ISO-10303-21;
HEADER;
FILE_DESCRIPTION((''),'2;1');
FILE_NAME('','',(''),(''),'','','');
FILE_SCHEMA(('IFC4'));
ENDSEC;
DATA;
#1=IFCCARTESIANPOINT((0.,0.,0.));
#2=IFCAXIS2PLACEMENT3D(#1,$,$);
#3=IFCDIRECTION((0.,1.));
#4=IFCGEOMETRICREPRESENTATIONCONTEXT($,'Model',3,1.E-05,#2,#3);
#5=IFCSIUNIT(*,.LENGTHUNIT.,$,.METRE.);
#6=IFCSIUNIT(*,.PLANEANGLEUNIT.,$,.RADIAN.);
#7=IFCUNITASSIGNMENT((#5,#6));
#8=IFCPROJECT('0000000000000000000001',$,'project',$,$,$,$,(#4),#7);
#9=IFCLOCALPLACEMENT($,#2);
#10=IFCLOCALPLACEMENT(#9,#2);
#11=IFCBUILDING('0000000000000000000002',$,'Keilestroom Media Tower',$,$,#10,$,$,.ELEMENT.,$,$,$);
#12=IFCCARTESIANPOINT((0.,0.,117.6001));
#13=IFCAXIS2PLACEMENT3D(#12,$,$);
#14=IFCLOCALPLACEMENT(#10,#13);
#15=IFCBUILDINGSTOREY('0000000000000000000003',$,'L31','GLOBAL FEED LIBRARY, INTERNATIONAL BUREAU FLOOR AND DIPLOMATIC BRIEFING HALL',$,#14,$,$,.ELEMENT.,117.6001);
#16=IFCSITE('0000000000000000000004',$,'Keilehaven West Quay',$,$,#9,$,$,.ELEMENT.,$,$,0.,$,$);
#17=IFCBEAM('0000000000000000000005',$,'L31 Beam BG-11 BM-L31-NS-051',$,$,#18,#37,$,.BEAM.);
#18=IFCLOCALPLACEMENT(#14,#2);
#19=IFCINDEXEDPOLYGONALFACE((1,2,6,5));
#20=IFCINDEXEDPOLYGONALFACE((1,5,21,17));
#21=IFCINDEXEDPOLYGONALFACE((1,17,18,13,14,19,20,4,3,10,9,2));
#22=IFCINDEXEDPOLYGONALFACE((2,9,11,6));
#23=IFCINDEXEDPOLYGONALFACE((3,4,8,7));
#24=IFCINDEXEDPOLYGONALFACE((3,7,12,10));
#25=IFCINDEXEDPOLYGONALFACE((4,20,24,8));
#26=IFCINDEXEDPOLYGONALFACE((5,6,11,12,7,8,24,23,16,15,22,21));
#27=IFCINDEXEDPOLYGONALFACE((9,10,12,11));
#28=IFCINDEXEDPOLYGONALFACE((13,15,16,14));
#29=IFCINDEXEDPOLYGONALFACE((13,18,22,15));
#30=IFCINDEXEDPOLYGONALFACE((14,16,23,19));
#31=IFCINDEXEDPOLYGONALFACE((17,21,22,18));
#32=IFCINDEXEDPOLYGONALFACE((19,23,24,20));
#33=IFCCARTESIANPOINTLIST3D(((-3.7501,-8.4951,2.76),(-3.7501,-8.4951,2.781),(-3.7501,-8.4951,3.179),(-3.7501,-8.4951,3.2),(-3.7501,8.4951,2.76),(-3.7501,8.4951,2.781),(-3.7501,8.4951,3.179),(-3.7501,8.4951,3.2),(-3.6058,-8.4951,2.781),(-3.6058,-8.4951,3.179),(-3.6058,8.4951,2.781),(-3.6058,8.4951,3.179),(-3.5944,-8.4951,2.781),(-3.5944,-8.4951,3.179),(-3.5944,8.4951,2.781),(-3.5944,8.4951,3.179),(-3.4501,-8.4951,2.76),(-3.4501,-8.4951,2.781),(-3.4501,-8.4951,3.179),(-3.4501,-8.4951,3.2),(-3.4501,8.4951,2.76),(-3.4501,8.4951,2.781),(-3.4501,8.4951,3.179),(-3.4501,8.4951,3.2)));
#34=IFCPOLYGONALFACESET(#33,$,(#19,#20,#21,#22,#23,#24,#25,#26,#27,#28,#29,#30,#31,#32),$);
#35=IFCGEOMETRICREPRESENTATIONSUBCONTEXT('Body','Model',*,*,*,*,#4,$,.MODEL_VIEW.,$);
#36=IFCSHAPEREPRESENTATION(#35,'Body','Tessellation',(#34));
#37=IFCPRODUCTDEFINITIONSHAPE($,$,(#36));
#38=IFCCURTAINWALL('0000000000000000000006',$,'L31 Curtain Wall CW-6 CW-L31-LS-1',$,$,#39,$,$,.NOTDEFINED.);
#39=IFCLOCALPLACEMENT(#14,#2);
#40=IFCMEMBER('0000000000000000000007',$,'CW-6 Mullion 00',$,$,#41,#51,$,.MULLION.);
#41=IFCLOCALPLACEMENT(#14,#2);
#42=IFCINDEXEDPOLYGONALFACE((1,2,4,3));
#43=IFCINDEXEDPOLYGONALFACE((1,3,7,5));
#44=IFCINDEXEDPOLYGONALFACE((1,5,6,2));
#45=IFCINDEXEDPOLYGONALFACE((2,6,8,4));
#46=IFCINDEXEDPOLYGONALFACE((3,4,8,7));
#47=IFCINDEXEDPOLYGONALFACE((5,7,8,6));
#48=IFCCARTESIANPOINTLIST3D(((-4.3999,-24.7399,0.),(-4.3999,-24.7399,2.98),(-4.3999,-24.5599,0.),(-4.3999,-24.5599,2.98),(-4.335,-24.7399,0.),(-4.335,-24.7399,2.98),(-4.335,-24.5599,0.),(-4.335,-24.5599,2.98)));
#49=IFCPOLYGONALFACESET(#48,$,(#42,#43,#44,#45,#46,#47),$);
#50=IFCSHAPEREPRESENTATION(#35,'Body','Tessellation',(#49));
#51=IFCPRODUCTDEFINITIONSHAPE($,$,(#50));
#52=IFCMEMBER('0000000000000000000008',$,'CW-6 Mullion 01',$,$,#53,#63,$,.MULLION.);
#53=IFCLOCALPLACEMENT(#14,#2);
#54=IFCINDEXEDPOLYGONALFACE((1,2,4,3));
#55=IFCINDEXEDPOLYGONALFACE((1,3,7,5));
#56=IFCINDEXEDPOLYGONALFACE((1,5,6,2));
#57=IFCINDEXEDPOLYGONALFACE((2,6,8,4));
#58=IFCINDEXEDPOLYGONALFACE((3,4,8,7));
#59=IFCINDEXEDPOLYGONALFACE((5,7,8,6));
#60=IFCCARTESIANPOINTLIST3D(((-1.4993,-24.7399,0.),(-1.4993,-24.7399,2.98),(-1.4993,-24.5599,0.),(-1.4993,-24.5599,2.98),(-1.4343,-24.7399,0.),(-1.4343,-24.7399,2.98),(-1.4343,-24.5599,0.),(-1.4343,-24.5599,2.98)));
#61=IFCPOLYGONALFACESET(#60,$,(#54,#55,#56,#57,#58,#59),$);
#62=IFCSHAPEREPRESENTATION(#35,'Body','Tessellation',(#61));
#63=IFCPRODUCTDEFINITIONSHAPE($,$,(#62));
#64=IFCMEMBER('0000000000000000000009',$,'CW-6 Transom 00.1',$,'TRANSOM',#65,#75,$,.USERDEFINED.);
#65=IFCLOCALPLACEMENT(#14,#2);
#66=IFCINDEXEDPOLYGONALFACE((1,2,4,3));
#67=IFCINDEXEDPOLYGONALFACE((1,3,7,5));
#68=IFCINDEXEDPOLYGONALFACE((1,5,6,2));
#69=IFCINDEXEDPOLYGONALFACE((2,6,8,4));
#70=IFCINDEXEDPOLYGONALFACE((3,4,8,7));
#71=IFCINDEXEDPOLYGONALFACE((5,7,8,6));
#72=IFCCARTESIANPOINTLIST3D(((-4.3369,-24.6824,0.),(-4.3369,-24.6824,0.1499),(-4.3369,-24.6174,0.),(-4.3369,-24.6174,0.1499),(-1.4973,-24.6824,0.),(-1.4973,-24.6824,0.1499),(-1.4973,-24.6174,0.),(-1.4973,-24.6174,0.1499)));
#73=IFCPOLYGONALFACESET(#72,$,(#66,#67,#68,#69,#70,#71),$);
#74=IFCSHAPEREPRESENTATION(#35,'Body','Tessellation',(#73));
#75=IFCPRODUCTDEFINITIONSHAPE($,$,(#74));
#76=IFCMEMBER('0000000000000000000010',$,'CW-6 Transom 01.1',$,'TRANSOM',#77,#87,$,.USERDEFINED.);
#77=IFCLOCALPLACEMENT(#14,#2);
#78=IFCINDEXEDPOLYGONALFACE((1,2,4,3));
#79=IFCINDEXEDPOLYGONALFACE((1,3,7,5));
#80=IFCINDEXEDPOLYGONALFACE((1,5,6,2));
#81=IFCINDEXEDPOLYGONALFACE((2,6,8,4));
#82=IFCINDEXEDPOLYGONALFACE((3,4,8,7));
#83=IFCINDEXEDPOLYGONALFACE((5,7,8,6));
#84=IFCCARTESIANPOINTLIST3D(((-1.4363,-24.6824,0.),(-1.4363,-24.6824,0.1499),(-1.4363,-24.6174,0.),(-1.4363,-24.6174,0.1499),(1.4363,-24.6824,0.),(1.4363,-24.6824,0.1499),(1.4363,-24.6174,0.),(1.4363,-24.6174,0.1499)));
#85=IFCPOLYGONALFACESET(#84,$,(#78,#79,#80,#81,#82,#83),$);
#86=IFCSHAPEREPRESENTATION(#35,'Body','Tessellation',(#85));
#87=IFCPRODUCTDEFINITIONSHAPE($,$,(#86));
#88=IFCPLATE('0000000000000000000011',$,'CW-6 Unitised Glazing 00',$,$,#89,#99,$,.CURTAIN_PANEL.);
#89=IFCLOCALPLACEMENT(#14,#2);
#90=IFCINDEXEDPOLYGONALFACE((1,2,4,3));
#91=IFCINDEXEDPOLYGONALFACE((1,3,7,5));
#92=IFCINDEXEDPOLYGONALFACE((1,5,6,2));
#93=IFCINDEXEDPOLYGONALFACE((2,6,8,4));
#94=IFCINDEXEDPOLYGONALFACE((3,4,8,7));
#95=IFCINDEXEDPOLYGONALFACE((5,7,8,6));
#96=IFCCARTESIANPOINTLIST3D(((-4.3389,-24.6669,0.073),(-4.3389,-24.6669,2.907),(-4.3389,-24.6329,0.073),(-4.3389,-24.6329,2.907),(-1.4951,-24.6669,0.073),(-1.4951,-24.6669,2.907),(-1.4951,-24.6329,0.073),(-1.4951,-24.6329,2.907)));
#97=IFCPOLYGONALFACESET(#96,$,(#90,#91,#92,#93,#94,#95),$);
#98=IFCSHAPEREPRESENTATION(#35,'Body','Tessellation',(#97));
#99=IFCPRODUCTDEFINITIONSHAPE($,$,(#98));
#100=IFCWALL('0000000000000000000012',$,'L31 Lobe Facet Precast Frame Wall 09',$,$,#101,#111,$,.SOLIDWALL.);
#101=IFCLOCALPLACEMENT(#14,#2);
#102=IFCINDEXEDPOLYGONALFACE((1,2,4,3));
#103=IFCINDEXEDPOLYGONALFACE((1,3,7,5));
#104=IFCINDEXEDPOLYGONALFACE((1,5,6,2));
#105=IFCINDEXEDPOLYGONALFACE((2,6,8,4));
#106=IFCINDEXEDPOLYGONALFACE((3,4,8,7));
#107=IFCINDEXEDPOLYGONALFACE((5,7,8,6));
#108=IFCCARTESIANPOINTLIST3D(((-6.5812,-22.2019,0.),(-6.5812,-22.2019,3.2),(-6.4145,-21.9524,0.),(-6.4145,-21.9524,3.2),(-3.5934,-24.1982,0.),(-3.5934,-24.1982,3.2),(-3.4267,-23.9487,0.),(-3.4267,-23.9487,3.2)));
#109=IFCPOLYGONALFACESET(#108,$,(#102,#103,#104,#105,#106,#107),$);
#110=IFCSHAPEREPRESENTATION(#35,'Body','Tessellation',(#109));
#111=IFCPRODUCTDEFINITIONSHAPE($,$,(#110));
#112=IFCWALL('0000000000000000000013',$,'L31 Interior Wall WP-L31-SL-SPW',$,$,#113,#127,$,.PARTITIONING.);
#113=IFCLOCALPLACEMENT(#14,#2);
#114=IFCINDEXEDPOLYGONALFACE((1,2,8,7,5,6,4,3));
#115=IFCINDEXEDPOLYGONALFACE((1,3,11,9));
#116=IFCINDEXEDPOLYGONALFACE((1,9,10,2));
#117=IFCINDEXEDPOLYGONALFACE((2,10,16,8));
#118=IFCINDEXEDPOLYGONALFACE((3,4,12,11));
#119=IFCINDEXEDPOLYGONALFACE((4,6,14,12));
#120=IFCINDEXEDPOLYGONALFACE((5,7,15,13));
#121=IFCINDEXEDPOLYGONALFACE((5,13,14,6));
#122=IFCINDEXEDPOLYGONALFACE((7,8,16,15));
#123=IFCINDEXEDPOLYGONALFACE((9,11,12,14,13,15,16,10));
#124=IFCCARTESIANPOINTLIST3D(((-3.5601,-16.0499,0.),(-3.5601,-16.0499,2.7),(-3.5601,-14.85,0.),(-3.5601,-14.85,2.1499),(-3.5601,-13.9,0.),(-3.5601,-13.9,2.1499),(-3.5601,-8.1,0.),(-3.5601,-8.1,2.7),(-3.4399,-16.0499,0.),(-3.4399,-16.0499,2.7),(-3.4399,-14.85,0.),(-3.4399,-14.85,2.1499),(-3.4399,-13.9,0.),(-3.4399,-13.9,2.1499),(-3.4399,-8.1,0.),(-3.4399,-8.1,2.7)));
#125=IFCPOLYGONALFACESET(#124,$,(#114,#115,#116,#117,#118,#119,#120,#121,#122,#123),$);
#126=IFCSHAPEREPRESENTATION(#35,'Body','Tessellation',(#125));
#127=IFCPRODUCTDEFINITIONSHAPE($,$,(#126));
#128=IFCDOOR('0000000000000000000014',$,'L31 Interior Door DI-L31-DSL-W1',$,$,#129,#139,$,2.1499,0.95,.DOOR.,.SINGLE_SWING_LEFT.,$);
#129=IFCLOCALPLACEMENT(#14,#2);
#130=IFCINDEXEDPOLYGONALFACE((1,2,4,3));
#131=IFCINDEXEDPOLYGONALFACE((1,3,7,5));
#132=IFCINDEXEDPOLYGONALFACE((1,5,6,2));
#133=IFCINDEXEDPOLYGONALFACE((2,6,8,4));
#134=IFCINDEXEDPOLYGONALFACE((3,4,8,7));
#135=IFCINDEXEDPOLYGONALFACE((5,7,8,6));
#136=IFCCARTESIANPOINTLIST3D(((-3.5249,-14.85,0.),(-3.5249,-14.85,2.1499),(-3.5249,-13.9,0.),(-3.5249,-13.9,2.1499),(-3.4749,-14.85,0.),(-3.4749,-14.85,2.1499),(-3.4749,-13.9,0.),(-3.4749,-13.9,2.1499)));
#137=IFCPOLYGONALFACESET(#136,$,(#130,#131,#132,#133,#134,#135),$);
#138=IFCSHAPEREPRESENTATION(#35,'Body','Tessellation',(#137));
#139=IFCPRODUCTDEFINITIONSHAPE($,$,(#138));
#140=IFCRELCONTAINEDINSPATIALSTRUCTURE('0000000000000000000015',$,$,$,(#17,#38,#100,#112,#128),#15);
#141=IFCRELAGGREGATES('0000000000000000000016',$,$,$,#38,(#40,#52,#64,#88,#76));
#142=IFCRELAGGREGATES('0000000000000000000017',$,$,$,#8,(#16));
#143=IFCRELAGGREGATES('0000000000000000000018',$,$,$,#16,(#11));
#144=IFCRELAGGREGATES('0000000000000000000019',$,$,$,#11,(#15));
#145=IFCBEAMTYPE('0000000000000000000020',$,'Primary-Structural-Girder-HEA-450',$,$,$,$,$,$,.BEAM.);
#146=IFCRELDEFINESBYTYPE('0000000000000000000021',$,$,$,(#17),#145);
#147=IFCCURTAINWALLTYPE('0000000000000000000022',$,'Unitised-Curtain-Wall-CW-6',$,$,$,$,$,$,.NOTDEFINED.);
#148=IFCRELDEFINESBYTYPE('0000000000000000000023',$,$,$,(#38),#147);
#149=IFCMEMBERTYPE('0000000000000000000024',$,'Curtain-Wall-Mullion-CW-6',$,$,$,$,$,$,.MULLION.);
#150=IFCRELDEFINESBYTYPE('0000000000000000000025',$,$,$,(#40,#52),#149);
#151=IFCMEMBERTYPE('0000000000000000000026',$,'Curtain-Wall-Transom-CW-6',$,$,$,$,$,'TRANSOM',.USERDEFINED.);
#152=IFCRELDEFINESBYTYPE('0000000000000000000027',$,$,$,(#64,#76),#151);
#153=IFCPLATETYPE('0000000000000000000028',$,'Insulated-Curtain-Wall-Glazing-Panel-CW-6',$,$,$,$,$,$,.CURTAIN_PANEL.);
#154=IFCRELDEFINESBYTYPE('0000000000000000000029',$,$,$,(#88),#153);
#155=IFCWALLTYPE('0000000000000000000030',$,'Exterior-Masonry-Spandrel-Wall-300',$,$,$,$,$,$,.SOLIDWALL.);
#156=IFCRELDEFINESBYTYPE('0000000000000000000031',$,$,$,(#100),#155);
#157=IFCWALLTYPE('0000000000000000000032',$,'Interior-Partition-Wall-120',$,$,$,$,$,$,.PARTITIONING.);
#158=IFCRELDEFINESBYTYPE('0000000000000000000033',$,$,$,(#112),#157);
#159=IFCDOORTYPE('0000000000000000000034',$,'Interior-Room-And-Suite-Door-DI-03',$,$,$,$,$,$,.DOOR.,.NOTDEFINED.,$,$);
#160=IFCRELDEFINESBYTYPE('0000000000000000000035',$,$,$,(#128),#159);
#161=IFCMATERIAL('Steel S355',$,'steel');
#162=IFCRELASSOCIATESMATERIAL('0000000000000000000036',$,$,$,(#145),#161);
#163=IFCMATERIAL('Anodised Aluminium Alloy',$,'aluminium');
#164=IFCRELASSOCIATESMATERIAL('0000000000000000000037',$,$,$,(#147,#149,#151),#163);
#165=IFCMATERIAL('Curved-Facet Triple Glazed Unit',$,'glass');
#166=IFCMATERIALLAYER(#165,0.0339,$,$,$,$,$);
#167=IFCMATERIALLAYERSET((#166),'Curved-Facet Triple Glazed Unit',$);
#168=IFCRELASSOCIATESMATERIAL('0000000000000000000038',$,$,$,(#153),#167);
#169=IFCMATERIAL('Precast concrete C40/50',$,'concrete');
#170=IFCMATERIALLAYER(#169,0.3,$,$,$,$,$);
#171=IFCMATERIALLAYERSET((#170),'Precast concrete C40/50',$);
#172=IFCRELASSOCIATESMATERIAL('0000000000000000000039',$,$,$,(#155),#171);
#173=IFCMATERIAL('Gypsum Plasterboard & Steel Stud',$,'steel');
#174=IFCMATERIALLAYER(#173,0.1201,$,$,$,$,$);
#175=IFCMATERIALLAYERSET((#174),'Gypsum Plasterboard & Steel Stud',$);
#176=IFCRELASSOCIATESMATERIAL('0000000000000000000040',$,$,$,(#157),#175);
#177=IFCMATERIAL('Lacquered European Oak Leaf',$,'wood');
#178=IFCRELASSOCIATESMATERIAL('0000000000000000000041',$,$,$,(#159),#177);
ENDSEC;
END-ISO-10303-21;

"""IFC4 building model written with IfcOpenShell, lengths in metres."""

from ifc_helpers import new_model, si_unit, direction, frame, frame_2d, origin, origin_2d, place, context, subcontext, project, spatial, rectangle, i_section, extrude, source, transform, mapped, material, layer, layer_set, material_profile, profile_set, type_object, element, fill, aggregate, save


model = new_model("IFC4")

# Units and contexts
model_context = context("Model", 3, precision=1e-05, world=origin(), true_north=direction((0.0, 1.0)))
body_context = subcontext(model_context, "Body", "Model", "MODEL_VIEW")
ifc_project = project(units=[si_unit("LENGTHUNIT", "METRE"), si_unit("PLANEANGLEUNIT", "RADIAN")], contexts=[model_context])

# Site, building, storey
site_placement = place(None, origin())
site = spatial("IfcSite", under=ifc_project, at=site_placement, Name="Keilehaven West Quay", CompositionType="ELEMENT", RefElevation=0.0)
building_placement = place(site_placement, origin())
building = spatial("IfcBuilding", under=site, at=building_placement, Name="Keilestroom Media Tower", CompositionType="ELEMENT")
storey_placement = place(building_placement, frame((0.0, 0.0, 117.6001)))
storey = spatial("IfcBuildingStorey", under=building, at=storey_placement, Name="L31", Description="GLOBAL FEED LIBRARY, INTERNATIONAL BUREAU FLOOR AND DIPLOMATIC BRIEFING HALL", CompositionType="ELEMENT", Elevation=117.6001)

# Shared definitions
ifc_material_1 = material(Name="Steel S355", Category="steel")

# Beam
ifc_material_profile_1 = material_profile(ifc_material_1, i_section(OverallWidth=0.3, OverallDepth=0.4399, WebThickness=0.0115, FlangeThickness=0.021, at=origin_2d()), Name="HEA 450")
ifc_profile_set_1 = profile_set([ifc_material_profile_1], Name="Steel S355")
beam_type_1 = type_object("IfcBeamType", Name="Primary-Structural-Girder-HEA-450", PredefinedType="BEAM", material=ifc_profile_set_1)
shared_shape_1 = source(origin(), body_context, "Body", "SweptSolid", [
    extrude(i_section(OverallWidth=0.3, OverallDepth=0.4399, WebThickness=0.0115, FlangeThickness=0.021, at=origin_2d()), origin(), (0.0, 0.0, 1.0), 16.9902),
])
beam_1_placement = place(storey_placement, frame((-3.6001, -8.4951, 2.98), z_axis=(0.0, 1.0, 0.0), x_axis=(-1.0, 0.0, 0.0)))
element("IfcBeam", 1, at=beam_1_placement, inside=storey, type_object=beam_type_1, Name="L31 Beam BG-11 BM-L31-NS-051", PredefinedType="BEAM", context=body_context, shape_type="MappedRepresentation", body=[
    mapped(shared_shape_1, transform((0.0, 0.0, 0.0), x_axis=(1.0, 0.0, 0.0), y_axis=(0.0, 1.0, 0.0), z_axis=(0.0, 0.0, 1.0), scale=1.0)),
])

# Curtain wall, members, plate
ifc_material_2 = material(Name="Anodised Aluminium Alloy", Category="aluminium")
curtain_wall_type = type_object("IfcCurtainWallType", Name="Unitised-Curtain-Wall-CW-6", PredefinedType="NOTDEFINED", material=ifc_material_2)
curtain_wall_placement = place(storey_placement, origin())
curtain_wall = element("IfcCurtainWall", 2, at=curtain_wall_placement, inside=storey, type_object=curtain_wall_type, Name="L31 Curtain Wall CW-6 CW-L31-LS-1", PredefinedType="NOTDEFINED")
ifc_material_profile_2 = material_profile(ifc_material_2, rectangle(XDim=0.0649, YDim=0.1799, at=origin_2d()), Name="ALU MULLION 65x180")
ifc_profile_set_2 = profile_set([ifc_material_profile_2], Name="Anodised Aluminium Alloy")
member_type_1 = type_object("IfcMemberType", Name="Curtain-Wall-Mullion-CW-6", PredefinedType="MULLION", material=ifc_profile_set_2)
shared_shape_2 = source(origin(), body_context, "Body", "SweptSolid", [
    extrude(rectangle(XDim=0.0649, YDim=0.1799, at=origin_2d()), origin(), (0.0, 0.0, 1.0), 2.98),
])
member_1_placement = place(storey_placement, frame((-4.3674, -24.6499, 0.0), z_axis=(0.0, 0.0, 1.0), x_axis=(1.0, 0.0, 0.0)))
member_1 = element("IfcMember", 3, at=member_1_placement, type_object=member_type_1, Name="CW-6 Mullion 00", PredefinedType="MULLION", context=body_context, shape_type="MappedRepresentation", body=[
    mapped(shared_shape_2, transform((0.0, 0.0, 0.0), x_axis=(1.0, 0.0, 0.0), y_axis=(0.0, 1.0, 0.0), z_axis=(0.0, 0.0, 1.0), scale=1.0)),
])
member_2_placement = place(storey_placement, frame((-1.4668, -24.6499, 0.0), z_axis=(0.0, 0.0, 1.0), x_axis=(1.0, 0.0, 0.0)))
member_2 = element("IfcMember", 4, at=member_2_placement, type_object=member_type_1, Name="CW-6 Mullion 01", PredefinedType="MULLION", context=body_context, shape_type="MappedRepresentation", body=[
    mapped(shared_shape_2, transform((0.0, 0.0, 0.0), x_axis=(1.0, 0.0, 0.0), y_axis=(0.0, 1.0, 0.0), z_axis=(0.0, 0.0, 1.0), scale=1.0)),
])
ifc_material_profile_3 = material_profile(ifc_material_2, rectangle(XDim=0.0649, YDim=0.1499, at=origin_2d()), Name="ALU TRANSOM 65x150")
ifc_profile_set_3 = profile_set([ifc_material_profile_3], Name="Anodised Aluminium Alloy")
member_type_2 = type_object("IfcMemberType", Name="Curtain-Wall-Transom-CW-6", ElementType="TRANSOM", PredefinedType="USERDEFINED", material=ifc_profile_set_3)
shared_shape_3 = source(origin(), body_context, "Body", "SweptSolid", [
    extrude(rectangle(XDim=0.0649, YDim=0.1499, at=origin_2d()), origin(), (0.0, 0.0, 1.0), 2.8396),
])
member_3_placement = place(storey_placement, frame((-4.3369, -24.6499, 0.075), z_axis=(1.0, 0.0, 0.0), x_axis=(0.0, 1.0, 0.0)))
member_3 = element("IfcMember", 5, at=member_3_placement, type_object=member_type_2, Name="CW-6 Transom 00.1", ObjectType="TRANSOM", PredefinedType="USERDEFINED", context=body_context, shape_type="MappedRepresentation", body=[
    mapped(shared_shape_3, transform((0.0, 0.0, 0.0), x_axis=(1.0, 0.0, 0.0), y_axis=(0.0, 1.0, 0.0), z_axis=(0.0, 0.0, 1.0), scale=1.0)),
])
shared_shape_4 = source(origin(), body_context, "Body", "SweptSolid", [
    extrude(rectangle(XDim=0.0649, YDim=0.1499, at=origin_2d()), origin(), (0.0, 0.0, 1.0), 2.8726),
])
member_4_placement = place(storey_placement, frame((-1.4363, -24.6499, 0.075), z_axis=(1.0, 0.0, 0.0), x_axis=(0.0, 1.0, 0.0)))
member_4 = element("IfcMember", 6, at=member_4_placement, type_object=member_type_2, Name="CW-6 Transom 01.1", ObjectType="TRANSOM", PredefinedType="USERDEFINED", context=body_context, shape_type="MappedRepresentation", body=[
    mapped(shared_shape_4, transform((0.0, 0.0, 0.0), x_axis=(1.0, 0.0, 0.0), y_axis=(0.0, 1.0, 0.0), z_axis=(0.0, 0.0, 1.0), scale=1.0)),
])
ifc_material_3 = material(Name="Curved-Facet Triple Glazed Unit", Category="glass")
ifc_layer_1 = layer(ifc_material_3, 0.0339)
ifc_layer_set_1 = layer_set([ifc_layer_1], Name="Curved-Facet Triple Glazed Unit")
plate_type = type_object("IfcPlateType", Name="Insulated-Curtain-Wall-Glazing-Panel-CW-6", PredefinedType="CURTAIN_PANEL", material=ifc_layer_set_1)
shared_shape_5 = source(origin(), body_context, "Body", "SweptSolid", [
    extrude(rectangle(XDim=2.8438, YDim=0.0339, at=origin_2d()), origin(), (0.0, 0.0, 1.0), 2.834),
])
plate_placement = place(storey_placement, frame((-2.917, -24.6499, 0.073), z_axis=(0.0, 0.0, 1.0), x_axis=(1.0, 0.0, 0.0)))
plate = element("IfcPlate", 7, at=plate_placement, type_object=plate_type, Name="CW-6 Unitised Glazing 00", PredefinedType="CURTAIN_PANEL", context=body_context, shape_type="MappedRepresentation", body=[
    mapped(shared_shape_5, transform((0.0, 0.0, 0.0), x_axis=(1.0, 0.0, 0.0), y_axis=(0.0, 1.0, 0.0), z_axis=(0.0, 0.0, 1.0), scale=1.0)),
])
aggregate(curtain_wall, [member_1, member_2, member_3, plate, member_4])

# Wall
ifc_material_4 = material(Name="Precast concrete C40/50", Category="concrete")
ifc_layer_2 = layer(ifc_material_4, 0.3)
ifc_layer_set_2 = layer_set([ifc_layer_2], Name="Precast concrete C40/50")
wall_type_1 = type_object("IfcWallType", Name="Exterior-Masonry-Spandrel-Wall-300", PredefinedType="SOLIDWALL", material=ifc_layer_set_2)
wall_1_placement = place(storey_placement, frame((-6.4978, -22.0771, 0.0), z_axis=(0.0, 0.0, 1.0), x_axis=(0.831475, -0.555562, 0.0)))
element("IfcWall", 8, at=wall_1_placement, inside=storey, type_object=wall_type_1, Name="L31 Lobe Facet Precast Frame Wall 09", PredefinedType="SOLIDWALL", context=body_context, shape_type="SweptSolid", body=[
    extrude(rectangle(XDim=3.5933, YDim=0.3, at=frame_2d((1.7966, 0.0))), origin(), (0.0, 0.0, 1.0), 3.2),
])

# Wall, opening, door
ifc_material_5 = material(Name="Gypsum Plasterboard & Steel Stud", Category="steel")
ifc_layer_3 = layer(ifc_material_5, 0.1201)
ifc_layer_set_3 = layer_set([ifc_layer_3], Name="Gypsum Plasterboard & Steel Stud")
wall_type_2 = type_object("IfcWallType", Name="Interior-Partition-Wall-120", PredefinedType="PARTITIONING", material=ifc_layer_set_3)
wall_2_placement = place(storey_placement, frame((-3.5, -16.05, 0.0), z_axis=(0.0, 0.0, 1.0), x_axis=(0.0, 1.0, 0.0)))
wall_2 = element("IfcWall", 9, at=wall_2_placement, inside=storey, type_object=wall_type_2, Name="L31 Interior Wall WP-L31-SL-SPW", PredefinedType="PARTITIONING", context=body_context, shape_type="SweptSolid", body=[
    extrude(rectangle(XDim=7.95, YDim=0.1201, at=frame_2d((3.9751, 0.0))), origin(), (0.0, 0.0, 1.0), 2.7),
])
opening_1_placement = place(wall_2_placement, frame((1.2, 0.0, 0.0)))
opening_1 = element("IfcOpeningElement", 10, at=opening_1_placement, cuts=wall_2, PredefinedType="OPENING", context=body_context, shape_type="SweptSolid", body=[
    extrude(rectangle(XDim=0.95, YDim=2.1499, at=frame_2d((0.4751, 1.075))), frame((0.0, 0.0701, 0.0), z_axis=(0.0, -1.0, 0.0), x_axis=(1.0, 0.0, 0.0)), (0.0, 0.0, 1.0), 0.1401),
])
ifc_material_6 = material(Name="Lacquered European Oak Leaf", Category="wood")
door_type = type_object("IfcDoorType", Name="Interior-Room-And-Suite-Door-DI-03", OperationType="NOTDEFINED", PredefinedType="DOOR", material=ifc_material_6)
shared_shape_6 = source(origin(), body_context, "Body", "SweptSolid", [
    extrude(rectangle(XDim=0.95, YDim=2.1499, at=frame_2d((0.4751, 1.075))), frame((0.0, 0.0249, 0.0), z_axis=(0.0, -1.0, 0.0), x_axis=(1.0, 0.0, 0.0)), (0.0, 0.0, 1.0), 0.05),
])
door_1_placement = place(opening_1_placement, origin())
door_1 = element("IfcDoor", 11, at=door_1_placement, inside=storey, type_object=door_type, Name="L31 Interior Door DI-L31-DSL-W1", OperationType="SINGLE_SWING_LEFT", OverallHeight=2.1499, OverallWidth=0.95, PredefinedType="DOOR", context=body_context, shape_type="MappedRepresentation", body=[
    mapped(shared_shape_6, transform((0.0, 0.0, 0.0), x_axis=(1.0, 0.0, 0.0), y_axis=(0.0, 1.0, 0.0), z_axis=(0.0, 0.0, 1.0), scale=1.0)),
])
fill(opening_1, door_1)

save(model, "model.ifc")
